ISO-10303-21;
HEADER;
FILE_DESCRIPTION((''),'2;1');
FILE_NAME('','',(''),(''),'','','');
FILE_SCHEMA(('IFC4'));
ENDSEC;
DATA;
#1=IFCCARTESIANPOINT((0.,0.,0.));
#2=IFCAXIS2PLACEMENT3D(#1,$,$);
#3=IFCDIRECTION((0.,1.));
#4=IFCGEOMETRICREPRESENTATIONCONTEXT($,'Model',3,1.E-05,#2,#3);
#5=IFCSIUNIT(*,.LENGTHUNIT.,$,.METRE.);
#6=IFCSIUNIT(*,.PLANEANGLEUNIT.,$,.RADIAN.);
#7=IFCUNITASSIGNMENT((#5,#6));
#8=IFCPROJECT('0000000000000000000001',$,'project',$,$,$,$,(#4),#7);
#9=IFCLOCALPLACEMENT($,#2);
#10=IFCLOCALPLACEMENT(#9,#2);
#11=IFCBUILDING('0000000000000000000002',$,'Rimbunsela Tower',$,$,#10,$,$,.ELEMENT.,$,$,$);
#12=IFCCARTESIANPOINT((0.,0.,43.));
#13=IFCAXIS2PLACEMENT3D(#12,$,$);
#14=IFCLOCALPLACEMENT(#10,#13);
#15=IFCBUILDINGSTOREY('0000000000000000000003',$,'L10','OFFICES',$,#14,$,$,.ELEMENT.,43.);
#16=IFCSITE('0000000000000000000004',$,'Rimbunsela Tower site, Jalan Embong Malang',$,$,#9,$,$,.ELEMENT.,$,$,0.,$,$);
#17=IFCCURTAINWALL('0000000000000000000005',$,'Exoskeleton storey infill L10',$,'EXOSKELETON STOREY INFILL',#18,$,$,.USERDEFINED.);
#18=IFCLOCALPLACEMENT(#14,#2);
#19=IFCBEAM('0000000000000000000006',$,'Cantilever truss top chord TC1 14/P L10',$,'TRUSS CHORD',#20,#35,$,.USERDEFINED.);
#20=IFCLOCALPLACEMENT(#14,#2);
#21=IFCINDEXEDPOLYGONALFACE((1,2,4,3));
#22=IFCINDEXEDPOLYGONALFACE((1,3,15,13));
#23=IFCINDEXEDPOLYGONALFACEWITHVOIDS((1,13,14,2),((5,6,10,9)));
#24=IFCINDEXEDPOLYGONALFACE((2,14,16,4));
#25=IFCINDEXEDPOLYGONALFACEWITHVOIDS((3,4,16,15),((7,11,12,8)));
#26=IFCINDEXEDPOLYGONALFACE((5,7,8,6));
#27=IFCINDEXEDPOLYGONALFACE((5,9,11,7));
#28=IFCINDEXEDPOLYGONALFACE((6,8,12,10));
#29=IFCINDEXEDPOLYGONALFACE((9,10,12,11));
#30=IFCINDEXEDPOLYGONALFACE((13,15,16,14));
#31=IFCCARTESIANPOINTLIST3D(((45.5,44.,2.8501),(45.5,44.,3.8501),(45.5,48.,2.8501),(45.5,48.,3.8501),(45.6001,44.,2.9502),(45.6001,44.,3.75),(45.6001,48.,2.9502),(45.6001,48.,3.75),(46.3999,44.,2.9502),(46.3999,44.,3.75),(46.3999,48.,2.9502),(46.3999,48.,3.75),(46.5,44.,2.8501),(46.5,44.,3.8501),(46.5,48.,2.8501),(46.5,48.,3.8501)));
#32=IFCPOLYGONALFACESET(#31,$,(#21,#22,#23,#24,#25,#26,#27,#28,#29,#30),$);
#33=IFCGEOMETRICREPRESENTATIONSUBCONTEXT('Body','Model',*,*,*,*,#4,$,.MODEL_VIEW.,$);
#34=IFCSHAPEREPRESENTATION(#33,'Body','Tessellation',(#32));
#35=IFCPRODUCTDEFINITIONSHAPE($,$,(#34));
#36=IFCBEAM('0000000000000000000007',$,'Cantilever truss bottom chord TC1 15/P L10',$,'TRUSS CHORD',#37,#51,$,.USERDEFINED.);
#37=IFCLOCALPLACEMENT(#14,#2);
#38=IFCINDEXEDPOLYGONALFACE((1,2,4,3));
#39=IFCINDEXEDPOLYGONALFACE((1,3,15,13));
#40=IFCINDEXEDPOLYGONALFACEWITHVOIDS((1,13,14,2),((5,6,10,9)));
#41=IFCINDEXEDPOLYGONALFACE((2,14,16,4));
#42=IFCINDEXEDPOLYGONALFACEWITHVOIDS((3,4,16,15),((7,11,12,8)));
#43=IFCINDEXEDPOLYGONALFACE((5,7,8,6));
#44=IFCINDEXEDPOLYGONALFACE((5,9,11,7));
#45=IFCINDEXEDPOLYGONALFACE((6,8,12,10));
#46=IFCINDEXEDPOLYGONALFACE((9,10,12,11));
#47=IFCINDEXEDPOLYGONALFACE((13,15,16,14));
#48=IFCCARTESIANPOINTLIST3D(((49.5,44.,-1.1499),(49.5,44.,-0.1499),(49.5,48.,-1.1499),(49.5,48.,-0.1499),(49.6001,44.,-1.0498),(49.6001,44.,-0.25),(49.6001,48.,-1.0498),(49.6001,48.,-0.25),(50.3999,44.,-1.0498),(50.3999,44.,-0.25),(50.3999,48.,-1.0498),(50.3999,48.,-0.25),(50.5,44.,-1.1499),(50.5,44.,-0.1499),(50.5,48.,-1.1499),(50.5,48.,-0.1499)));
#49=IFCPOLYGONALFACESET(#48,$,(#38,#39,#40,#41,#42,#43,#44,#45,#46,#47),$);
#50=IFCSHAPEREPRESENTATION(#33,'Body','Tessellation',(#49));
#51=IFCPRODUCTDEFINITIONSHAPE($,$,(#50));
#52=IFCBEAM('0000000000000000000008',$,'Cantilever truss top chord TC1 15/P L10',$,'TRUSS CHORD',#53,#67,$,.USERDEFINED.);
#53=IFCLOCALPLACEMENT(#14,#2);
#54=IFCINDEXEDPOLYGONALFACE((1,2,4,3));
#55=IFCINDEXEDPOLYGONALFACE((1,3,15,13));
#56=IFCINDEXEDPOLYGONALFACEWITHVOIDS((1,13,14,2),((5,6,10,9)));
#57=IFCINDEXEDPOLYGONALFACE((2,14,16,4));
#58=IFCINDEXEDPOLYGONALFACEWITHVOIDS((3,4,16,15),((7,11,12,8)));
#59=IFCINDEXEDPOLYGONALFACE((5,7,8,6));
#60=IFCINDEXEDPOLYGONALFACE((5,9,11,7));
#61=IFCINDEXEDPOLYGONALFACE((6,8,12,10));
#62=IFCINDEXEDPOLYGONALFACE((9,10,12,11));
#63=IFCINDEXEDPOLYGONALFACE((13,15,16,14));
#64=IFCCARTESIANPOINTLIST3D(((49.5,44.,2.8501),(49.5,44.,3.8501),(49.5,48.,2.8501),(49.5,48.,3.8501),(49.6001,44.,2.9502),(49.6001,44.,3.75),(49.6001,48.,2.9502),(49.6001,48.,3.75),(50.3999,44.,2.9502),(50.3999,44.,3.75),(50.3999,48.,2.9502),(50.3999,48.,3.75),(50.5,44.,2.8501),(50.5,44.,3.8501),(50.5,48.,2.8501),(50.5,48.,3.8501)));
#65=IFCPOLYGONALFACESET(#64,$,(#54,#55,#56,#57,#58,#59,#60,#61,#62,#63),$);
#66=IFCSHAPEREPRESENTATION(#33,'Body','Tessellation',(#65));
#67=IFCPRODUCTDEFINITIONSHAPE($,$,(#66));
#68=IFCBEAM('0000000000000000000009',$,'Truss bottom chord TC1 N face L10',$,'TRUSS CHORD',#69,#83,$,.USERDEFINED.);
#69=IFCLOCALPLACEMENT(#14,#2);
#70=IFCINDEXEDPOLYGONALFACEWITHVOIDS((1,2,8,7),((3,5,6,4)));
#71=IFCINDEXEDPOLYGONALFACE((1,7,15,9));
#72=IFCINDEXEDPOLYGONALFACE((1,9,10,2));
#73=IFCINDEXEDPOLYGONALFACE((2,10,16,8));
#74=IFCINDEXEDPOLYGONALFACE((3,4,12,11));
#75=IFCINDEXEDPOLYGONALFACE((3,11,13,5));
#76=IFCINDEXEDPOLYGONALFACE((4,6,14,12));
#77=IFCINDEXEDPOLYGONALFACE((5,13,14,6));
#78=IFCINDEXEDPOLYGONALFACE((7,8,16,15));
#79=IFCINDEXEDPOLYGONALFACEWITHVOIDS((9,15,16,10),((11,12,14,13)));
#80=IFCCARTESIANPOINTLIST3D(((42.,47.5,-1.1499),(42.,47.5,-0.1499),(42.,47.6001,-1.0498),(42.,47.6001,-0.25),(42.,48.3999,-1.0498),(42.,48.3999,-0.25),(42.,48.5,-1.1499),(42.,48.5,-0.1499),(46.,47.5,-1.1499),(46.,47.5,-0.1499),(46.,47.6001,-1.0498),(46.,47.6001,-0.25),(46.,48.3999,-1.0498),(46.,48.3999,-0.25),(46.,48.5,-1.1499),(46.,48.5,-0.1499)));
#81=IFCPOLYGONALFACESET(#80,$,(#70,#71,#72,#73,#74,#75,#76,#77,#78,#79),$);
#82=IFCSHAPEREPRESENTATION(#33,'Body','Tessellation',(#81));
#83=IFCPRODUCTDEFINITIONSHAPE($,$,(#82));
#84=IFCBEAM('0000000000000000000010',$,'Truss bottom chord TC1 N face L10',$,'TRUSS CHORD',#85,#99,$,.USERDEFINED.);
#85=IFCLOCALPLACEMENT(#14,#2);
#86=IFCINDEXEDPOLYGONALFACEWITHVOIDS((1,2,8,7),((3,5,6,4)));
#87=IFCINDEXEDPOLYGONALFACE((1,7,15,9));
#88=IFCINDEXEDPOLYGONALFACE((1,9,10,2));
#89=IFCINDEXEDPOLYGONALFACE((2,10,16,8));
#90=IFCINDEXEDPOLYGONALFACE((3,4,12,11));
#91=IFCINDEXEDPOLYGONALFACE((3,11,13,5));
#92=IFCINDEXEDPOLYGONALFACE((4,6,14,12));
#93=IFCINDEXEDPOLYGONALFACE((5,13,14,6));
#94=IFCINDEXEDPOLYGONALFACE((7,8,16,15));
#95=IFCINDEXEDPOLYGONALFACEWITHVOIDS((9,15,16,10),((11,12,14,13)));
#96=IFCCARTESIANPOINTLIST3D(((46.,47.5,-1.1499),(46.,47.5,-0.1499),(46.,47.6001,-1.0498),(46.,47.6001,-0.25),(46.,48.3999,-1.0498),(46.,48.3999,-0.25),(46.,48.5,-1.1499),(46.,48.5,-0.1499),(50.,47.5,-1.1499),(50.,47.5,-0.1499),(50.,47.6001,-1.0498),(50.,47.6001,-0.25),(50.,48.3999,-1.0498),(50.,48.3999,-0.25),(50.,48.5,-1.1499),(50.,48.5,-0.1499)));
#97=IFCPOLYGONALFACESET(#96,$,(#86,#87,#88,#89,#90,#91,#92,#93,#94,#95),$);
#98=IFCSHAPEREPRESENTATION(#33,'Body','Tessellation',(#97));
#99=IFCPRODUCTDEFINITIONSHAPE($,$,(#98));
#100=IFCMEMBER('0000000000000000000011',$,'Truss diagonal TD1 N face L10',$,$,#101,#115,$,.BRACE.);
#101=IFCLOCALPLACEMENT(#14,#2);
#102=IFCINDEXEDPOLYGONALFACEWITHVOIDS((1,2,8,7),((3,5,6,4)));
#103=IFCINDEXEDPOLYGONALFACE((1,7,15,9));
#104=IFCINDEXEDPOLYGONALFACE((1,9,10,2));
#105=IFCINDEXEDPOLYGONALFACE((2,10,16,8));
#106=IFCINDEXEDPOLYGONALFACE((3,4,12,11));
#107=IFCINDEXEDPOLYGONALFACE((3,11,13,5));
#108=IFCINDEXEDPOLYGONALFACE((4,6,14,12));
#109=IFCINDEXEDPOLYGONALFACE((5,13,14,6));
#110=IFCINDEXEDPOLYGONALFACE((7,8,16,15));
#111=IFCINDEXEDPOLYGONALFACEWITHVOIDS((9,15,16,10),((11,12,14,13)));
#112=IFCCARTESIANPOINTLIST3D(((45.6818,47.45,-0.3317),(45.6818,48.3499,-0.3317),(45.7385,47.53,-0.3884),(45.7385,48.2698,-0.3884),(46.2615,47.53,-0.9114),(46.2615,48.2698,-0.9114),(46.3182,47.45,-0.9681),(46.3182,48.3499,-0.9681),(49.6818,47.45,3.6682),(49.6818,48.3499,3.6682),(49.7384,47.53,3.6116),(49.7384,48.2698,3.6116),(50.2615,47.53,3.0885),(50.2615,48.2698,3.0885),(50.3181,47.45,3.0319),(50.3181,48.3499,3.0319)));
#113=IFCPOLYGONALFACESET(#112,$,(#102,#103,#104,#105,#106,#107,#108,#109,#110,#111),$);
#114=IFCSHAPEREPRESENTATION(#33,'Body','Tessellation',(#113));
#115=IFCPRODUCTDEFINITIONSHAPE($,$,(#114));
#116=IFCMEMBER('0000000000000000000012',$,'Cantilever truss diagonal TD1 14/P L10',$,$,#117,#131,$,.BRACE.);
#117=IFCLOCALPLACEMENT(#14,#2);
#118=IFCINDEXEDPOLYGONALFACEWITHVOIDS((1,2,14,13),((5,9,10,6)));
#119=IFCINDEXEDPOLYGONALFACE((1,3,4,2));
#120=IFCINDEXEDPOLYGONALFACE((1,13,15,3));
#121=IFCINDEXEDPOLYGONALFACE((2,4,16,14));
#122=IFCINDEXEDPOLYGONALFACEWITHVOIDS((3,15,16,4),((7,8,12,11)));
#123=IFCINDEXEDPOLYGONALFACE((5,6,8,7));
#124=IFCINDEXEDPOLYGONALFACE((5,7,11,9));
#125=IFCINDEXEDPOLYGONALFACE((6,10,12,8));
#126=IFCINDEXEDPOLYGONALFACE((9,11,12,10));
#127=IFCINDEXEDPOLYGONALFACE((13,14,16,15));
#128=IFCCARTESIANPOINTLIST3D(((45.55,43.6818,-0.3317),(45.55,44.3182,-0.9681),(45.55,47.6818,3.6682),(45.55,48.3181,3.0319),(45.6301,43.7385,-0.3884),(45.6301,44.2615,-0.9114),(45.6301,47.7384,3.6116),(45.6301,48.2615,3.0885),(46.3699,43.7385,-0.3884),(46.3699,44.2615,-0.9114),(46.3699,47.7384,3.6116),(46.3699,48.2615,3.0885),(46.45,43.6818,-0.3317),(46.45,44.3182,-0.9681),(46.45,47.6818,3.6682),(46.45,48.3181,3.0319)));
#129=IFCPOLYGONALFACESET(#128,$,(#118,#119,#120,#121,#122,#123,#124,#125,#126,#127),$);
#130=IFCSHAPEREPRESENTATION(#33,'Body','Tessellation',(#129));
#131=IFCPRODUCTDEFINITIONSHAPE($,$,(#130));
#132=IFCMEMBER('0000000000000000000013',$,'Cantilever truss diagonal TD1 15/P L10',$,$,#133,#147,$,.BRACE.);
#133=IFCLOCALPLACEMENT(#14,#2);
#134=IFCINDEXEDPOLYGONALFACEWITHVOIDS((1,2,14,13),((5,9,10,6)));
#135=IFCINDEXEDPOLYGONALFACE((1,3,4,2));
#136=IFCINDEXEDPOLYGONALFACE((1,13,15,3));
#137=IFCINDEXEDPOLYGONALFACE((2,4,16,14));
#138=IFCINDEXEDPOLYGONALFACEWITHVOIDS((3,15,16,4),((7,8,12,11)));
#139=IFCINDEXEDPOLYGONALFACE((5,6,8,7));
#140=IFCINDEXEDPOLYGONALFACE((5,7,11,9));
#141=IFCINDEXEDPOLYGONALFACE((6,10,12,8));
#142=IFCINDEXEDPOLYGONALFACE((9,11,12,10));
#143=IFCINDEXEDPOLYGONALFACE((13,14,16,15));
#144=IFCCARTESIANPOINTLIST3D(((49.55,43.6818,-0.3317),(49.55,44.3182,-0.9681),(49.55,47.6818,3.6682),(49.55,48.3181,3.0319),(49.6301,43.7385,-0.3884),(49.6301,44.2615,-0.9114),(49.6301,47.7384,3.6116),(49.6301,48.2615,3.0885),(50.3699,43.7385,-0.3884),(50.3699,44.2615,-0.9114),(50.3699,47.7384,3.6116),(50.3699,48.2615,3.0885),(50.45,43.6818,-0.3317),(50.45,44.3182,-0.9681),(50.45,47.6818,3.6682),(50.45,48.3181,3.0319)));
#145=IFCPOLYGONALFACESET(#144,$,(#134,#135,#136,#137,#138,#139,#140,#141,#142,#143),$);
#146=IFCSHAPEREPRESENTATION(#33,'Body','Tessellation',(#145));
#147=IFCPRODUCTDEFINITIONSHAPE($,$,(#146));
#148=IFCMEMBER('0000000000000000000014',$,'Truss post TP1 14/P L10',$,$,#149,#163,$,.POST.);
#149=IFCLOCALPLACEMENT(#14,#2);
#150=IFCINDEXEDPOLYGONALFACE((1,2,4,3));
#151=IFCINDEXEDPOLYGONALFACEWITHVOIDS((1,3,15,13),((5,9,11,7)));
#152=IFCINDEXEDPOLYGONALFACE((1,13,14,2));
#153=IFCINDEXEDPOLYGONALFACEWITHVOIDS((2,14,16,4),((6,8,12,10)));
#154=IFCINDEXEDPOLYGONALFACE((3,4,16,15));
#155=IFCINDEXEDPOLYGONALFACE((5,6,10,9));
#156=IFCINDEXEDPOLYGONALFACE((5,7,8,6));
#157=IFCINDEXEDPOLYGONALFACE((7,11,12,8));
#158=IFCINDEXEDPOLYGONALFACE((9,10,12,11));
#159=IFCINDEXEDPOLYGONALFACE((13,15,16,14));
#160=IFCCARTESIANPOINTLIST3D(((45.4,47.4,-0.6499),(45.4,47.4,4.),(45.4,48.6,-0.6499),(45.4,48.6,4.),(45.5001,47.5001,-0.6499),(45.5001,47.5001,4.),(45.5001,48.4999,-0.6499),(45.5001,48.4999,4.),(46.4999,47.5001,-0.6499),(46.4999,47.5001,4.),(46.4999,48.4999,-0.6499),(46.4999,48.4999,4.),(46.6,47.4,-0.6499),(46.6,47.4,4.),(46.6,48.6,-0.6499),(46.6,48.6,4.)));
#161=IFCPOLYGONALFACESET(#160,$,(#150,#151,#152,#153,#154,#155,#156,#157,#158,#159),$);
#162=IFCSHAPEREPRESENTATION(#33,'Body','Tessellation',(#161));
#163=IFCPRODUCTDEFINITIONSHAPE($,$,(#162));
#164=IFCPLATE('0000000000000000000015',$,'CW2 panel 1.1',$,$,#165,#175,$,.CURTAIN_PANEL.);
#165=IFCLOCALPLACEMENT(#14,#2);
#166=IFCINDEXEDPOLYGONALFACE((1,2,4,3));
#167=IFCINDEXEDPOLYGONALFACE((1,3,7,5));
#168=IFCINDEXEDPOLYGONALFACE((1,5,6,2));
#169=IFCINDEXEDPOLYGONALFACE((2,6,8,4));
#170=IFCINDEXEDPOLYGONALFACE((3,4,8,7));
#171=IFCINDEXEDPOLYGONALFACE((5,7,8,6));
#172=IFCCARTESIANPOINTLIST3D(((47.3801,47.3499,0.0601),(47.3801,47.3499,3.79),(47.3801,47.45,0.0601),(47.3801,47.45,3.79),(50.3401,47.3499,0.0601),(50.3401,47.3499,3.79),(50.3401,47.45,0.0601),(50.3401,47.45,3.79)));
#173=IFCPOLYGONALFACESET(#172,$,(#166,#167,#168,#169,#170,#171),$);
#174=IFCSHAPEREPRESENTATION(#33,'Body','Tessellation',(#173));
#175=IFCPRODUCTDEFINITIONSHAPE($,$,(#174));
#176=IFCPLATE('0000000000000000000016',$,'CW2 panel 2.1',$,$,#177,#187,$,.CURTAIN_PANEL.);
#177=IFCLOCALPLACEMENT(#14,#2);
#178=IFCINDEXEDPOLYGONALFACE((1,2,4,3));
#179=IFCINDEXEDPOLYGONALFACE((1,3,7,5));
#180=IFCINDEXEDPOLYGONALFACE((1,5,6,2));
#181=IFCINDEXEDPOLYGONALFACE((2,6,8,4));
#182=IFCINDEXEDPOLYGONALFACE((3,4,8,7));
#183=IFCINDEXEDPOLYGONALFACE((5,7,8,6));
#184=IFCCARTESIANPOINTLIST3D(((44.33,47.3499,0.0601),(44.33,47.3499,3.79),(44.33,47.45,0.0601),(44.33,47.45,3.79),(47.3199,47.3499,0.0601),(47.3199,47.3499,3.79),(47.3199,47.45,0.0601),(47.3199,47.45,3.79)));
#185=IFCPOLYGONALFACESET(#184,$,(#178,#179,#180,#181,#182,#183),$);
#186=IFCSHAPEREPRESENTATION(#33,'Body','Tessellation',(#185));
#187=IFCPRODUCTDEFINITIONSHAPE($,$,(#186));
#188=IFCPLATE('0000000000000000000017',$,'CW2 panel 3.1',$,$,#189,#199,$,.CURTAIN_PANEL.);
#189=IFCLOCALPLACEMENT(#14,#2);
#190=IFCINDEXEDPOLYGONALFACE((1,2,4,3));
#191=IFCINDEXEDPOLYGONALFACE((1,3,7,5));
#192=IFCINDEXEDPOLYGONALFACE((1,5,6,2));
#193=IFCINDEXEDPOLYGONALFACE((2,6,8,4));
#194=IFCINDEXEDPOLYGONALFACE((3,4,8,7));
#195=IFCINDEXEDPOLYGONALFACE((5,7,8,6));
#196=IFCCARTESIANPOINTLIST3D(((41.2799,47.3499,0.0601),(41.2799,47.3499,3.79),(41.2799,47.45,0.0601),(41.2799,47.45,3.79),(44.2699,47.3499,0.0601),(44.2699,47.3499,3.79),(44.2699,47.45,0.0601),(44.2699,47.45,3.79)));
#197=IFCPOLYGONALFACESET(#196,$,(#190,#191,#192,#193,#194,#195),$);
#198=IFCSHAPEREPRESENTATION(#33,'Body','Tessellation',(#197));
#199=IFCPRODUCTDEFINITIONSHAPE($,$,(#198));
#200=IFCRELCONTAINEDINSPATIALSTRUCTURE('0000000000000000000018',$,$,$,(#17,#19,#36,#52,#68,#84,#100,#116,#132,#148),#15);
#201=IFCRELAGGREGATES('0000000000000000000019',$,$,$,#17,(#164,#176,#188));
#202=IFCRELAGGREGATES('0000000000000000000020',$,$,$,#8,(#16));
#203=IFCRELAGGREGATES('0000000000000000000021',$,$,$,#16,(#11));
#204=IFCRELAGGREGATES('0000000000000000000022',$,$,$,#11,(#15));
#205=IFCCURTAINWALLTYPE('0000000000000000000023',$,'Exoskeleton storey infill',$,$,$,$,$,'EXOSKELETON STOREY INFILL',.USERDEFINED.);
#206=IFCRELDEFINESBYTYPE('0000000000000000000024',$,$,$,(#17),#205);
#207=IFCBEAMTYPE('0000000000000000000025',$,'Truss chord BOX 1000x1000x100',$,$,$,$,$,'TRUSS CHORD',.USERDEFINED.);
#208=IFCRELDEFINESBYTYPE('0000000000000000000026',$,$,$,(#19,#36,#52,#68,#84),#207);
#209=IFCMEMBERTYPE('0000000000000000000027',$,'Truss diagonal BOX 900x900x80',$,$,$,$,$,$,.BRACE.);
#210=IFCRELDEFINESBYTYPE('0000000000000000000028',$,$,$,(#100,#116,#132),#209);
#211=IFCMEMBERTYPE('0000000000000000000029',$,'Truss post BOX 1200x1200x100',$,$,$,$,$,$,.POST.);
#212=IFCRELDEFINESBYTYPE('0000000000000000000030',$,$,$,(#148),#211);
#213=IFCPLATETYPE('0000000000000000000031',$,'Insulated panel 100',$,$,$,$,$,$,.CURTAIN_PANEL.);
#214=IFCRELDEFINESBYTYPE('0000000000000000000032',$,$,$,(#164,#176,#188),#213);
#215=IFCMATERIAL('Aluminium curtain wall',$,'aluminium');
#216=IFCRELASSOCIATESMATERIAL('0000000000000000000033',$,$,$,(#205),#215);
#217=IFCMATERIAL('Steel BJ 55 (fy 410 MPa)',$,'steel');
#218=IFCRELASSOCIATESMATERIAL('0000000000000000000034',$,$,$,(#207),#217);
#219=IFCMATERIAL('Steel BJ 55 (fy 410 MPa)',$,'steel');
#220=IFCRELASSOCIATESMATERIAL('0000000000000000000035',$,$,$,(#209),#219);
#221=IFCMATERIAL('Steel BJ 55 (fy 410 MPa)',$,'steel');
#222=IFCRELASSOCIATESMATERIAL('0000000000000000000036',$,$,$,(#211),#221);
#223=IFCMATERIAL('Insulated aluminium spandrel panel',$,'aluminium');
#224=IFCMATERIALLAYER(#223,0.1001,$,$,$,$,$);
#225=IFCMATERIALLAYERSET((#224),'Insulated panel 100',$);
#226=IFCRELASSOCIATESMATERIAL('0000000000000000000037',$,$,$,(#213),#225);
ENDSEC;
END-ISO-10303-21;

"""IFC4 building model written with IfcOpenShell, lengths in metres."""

from ifc_helpers import new_model, si_unit, direction, frame, origin, origin_2d, place, context, subcontext, project, spatial, rectangle, hollow_rectangle, extrude, material, layer, layer_set, material_profile, profile_set, type_object, element, aggregate, save


model = new_model("IFC4")

# Units and contexts
model_context = context("Model", 3, precision=1e-05, world=origin(), true_north=direction((0.0, 1.0)))
body_context = subcontext(model_context, "Body", "Model", "MODEL_VIEW")
ifc_project = project(units=[si_unit("LENGTHUNIT", "METRE"), si_unit("PLANEANGLEUNIT", "RADIAN")], contexts=[model_context])

# Site, building, storey
site_placement = place(None, origin())
site = spatial("IfcSite", under=ifc_project, at=site_placement, Name="Rimbunsela Tower site, Jalan Embong Malang", CompositionType="ELEMENT", RefElevation=0.0)
building_placement = place(site_placement, origin())
building = spatial("IfcBuilding", under=site, at=building_placement, Name="Rimbunsela Tower", CompositionType="ELEMENT")
storey_placement = place(building_placement, frame((0.0, 0.0, 43.0)))
storey = spatial("IfcBuildingStorey", under=building, at=storey_placement, Name="L10", Description="OFFICES", CompositionType="ELEMENT", Elevation=43.0)

# Curtain wall
ifc_material_1 = material(Name="Aluminium curtain wall", Category="aluminium")
curtain_wall_type = type_object("IfcCurtainWallType", Name="Exoskeleton storey infill", ElementType="EXOSKELETON STOREY INFILL", PredefinedType="USERDEFINED", material=ifc_material_1)
curtain_wall_placement = place(storey_placement, origin())
curtain_wall = element("IfcCurtainWall", 1, at=curtain_wall_placement, inside=storey, type_object=curtain_wall_type, Name="Exoskeleton storey infill L10", ObjectType="EXOSKELETON STOREY INFILL", PredefinedType="USERDEFINED")

# Beams
ifc_material_2 = material(Name="Steel BJ 55 (fy 410 MPa)", Category="steel")
ifc_material_profile_1 = material_profile(ifc_material_2, hollow_rectangle(XDim=1.0, YDim=1.0, WallThickness=0.1001, at=origin_2d()), Name="BOX 1000x1000x100")
ifc_profile_set_1 = profile_set([ifc_material_profile_1], Name="Steel BJ 55 (fy 410 MPa)")
beam_type_1 = type_object("IfcBeamType", Name="Truss chord BOX 1000x1000x100", ElementType="TRUSS CHORD", PredefinedType="USERDEFINED", material=ifc_profile_set_1)
for number, where, z_axis, x_axis, name in (
    (2, (46.0, 44.0, 3.3501), (0.0, 1.0, 0.0), (-1.0, 0.0, 0.0), "Cantilever truss top chord TC1 14/P L10"),
    (3, (50.0, 44.0, -0.6499), (0.0, 1.0, 0.0), (-1.0, 0.0, 0.0), "Cantilever truss bottom chord TC1 15/P L10"),
    (4, (50.0, 44.0, 3.3501), (0.0, 1.0, 0.0), (-1.0, 0.0, 0.0), "Cantilever truss top chord TC1 15/P L10"),
    (5, (42.0, 48.0, -0.6499), (1.0, 0.0, 0.0), (0.0, 1.0, 0.0), "Truss bottom chord TC1 N face L10"),
    (6, (46.0, 48.0, -0.6499), (1.0, 0.0, 0.0), (0.0, 1.0, 0.0), "Truss bottom chord TC1 N face L10"),
):
    element("IfcBeam", number, at=place(storey_placement, frame(where, z_axis=z_axis, x_axis=x_axis)), inside=storey, type_object=beam_type_1, Name=name, ObjectType="TRUSS CHORD", PredefinedType="USERDEFINED", context=body_context, shape_type="SweptSolid", body=[
        extrude(hollow_rectangle(XDim=1.0, YDim=1.0, WallThickness=0.1001, at=origin_2d()), origin(), (0.0, 0.0, 1.0), 4.0),
    ])

# Members
ifc_material_3 = material(Name="Steel BJ 55 (fy 410 MPa)", Category="steel")
ifc_material_profile_2 = material_profile(ifc_material_3, hollow_rectangle(XDim=0.8999, YDim=0.8999, WallThickness=0.0801, at=origin_2d()), Name="BOX 900x900x80")
ifc_profile_set_2 = profile_set([ifc_material_profile_2], Name="Steel BJ 55 (fy 410 MPa)")
member_type_1 = type_object("IfcMemberType", Name="Truss diagonal BOX 900x900x80", PredefinedType="BRACE", material=ifc_profile_set_2)
for number, where, z_axis, x_axis, name in (
    (7, (46.0, 47.8999, -0.6499), (0.707107, 0.0, 0.707107), (0.0, 1.0, 0.0), "Truss diagonal TD1 N face L10"),
    (8, (46.0, 44.0, -0.6499), (0.0, 0.707107, 0.707107), (-1.0, 0.0, 0.0), "Cantilever truss diagonal TD1 14/P L10"),
    (9, (50.0, 44.0, -0.6499), (0.0, 0.707107, 0.707107), (-1.0, 0.0, 0.0), "Cantilever truss diagonal TD1 15/P L10"),
):
    element("IfcMember", number, at=place(storey_placement, frame(where, z_axis=z_axis, x_axis=x_axis)), inside=storey, type_object=member_type_1, Name=name, PredefinedType="BRACE", context=body_context, shape_type="SweptSolid", body=[
        extrude(hollow_rectangle(XDim=0.8999, YDim=0.8999, WallThickness=0.0801, at=origin_2d()), origin(), (0.0, 0.0, 1.0), 5.6567),
    ])
ifc_material_4 = material(Name="Steel BJ 55 (fy 410 MPa)", Category="steel")
ifc_material_profile_3 = material_profile(ifc_material_4, hollow_rectangle(XDim=1.2, YDim=1.2, WallThickness=0.1001, at=origin_2d()), Name="BOX 1200x1200x100")
ifc_profile_set_3 = profile_set([ifc_material_profile_3], Name="Steel BJ 55 (fy 410 MPa)")
member_type_2 = type_object("IfcMemberType", Name="Truss post BOX 1200x1200x100", PredefinedType="POST", material=ifc_profile_set_3)
member_1_placement = place(storey_placement, frame((46.0, 48.0, -0.6499), z_axis=(0.0, 0.0, 1.0), x_axis=(1.0, 0.0, 0.0)))
element("IfcMember", 10, at=member_1_placement, inside=storey, type_object=member_type_2, Name="Truss post TP1 14/P L10", PredefinedType="POST", context=body_context, shape_type="SweptSolid", body=[
    extrude(hollow_rectangle(XDim=1.2, YDim=1.2, WallThickness=0.1001, at=origin_2d()), origin(), (0.0, 0.0, 1.0), 4.6499),
])

# Plates
ifc_material_5 = material(Name="Insulated aluminium spandrel panel", Category="aluminium")
ifc_layer = layer(ifc_material_5, 0.1001)
ifc_layer_set = layer_set([ifc_layer], Name="Insulated panel 100")
plate_type = type_object("IfcPlateType", Name="Insulated panel 100", PredefinedType="CURTAIN_PANEL", material=ifc_layer_set)
plate_1_placement = place(storey_placement, frame((48.8601, 47.3999, 0.0601), z_axis=(0.0, 0.0, 1.0), x_axis=(-1.0, 0.0, 0.0)))
plate_1 = element("IfcPlate", 11, at=plate_1_placement, type_object=plate_type, Name="CW2 panel 1.1", PredefinedType="CURTAIN_PANEL", context=body_context, shape_type="SweptSolid", body=[
    extrude(rectangle(XDim=2.96, YDim=0.1001, at=origin_2d()), origin(), (0.0, 0.0, 1.0), 3.73),
])
plate_2_placement = place(storey_placement, frame((45.825, 47.3999, 0.0601), z_axis=(0.0, 0.0, 1.0), x_axis=(-1.0, 0.0, 0.0)))
plate_2 = element("IfcPlate", 12, at=plate_2_placement, type_object=plate_type, Name="CW2 panel 2.1", PredefinedType="CURTAIN_PANEL", context=body_context, shape_type="SweptSolid", body=[
    extrude(rectangle(XDim=2.99, YDim=0.1001, at=origin_2d()), origin(), (0.0, 0.0, 1.0), 3.73),
])
plate_3_placement = place(storey_placement, frame((42.7749, 47.3999, 0.0601), z_axis=(0.0, 0.0, 1.0), x_axis=(-1.0, 0.0, 0.0)))
plate_3 = element("IfcPlate", 13, at=plate_3_placement, type_object=plate_type, Name="CW2 panel 3.1", PredefinedType="CURTAIN_PANEL", context=body_context, shape_type="SweptSolid", body=[
    extrude(rectangle(XDim=2.99, YDim=0.1001, at=origin_2d()), origin(), (0.0, 0.0, 1.0), 3.73),
])
aggregate(curtain_wall, [plate_1, plate_2, plate_3])

save(model, "model.ifc")
